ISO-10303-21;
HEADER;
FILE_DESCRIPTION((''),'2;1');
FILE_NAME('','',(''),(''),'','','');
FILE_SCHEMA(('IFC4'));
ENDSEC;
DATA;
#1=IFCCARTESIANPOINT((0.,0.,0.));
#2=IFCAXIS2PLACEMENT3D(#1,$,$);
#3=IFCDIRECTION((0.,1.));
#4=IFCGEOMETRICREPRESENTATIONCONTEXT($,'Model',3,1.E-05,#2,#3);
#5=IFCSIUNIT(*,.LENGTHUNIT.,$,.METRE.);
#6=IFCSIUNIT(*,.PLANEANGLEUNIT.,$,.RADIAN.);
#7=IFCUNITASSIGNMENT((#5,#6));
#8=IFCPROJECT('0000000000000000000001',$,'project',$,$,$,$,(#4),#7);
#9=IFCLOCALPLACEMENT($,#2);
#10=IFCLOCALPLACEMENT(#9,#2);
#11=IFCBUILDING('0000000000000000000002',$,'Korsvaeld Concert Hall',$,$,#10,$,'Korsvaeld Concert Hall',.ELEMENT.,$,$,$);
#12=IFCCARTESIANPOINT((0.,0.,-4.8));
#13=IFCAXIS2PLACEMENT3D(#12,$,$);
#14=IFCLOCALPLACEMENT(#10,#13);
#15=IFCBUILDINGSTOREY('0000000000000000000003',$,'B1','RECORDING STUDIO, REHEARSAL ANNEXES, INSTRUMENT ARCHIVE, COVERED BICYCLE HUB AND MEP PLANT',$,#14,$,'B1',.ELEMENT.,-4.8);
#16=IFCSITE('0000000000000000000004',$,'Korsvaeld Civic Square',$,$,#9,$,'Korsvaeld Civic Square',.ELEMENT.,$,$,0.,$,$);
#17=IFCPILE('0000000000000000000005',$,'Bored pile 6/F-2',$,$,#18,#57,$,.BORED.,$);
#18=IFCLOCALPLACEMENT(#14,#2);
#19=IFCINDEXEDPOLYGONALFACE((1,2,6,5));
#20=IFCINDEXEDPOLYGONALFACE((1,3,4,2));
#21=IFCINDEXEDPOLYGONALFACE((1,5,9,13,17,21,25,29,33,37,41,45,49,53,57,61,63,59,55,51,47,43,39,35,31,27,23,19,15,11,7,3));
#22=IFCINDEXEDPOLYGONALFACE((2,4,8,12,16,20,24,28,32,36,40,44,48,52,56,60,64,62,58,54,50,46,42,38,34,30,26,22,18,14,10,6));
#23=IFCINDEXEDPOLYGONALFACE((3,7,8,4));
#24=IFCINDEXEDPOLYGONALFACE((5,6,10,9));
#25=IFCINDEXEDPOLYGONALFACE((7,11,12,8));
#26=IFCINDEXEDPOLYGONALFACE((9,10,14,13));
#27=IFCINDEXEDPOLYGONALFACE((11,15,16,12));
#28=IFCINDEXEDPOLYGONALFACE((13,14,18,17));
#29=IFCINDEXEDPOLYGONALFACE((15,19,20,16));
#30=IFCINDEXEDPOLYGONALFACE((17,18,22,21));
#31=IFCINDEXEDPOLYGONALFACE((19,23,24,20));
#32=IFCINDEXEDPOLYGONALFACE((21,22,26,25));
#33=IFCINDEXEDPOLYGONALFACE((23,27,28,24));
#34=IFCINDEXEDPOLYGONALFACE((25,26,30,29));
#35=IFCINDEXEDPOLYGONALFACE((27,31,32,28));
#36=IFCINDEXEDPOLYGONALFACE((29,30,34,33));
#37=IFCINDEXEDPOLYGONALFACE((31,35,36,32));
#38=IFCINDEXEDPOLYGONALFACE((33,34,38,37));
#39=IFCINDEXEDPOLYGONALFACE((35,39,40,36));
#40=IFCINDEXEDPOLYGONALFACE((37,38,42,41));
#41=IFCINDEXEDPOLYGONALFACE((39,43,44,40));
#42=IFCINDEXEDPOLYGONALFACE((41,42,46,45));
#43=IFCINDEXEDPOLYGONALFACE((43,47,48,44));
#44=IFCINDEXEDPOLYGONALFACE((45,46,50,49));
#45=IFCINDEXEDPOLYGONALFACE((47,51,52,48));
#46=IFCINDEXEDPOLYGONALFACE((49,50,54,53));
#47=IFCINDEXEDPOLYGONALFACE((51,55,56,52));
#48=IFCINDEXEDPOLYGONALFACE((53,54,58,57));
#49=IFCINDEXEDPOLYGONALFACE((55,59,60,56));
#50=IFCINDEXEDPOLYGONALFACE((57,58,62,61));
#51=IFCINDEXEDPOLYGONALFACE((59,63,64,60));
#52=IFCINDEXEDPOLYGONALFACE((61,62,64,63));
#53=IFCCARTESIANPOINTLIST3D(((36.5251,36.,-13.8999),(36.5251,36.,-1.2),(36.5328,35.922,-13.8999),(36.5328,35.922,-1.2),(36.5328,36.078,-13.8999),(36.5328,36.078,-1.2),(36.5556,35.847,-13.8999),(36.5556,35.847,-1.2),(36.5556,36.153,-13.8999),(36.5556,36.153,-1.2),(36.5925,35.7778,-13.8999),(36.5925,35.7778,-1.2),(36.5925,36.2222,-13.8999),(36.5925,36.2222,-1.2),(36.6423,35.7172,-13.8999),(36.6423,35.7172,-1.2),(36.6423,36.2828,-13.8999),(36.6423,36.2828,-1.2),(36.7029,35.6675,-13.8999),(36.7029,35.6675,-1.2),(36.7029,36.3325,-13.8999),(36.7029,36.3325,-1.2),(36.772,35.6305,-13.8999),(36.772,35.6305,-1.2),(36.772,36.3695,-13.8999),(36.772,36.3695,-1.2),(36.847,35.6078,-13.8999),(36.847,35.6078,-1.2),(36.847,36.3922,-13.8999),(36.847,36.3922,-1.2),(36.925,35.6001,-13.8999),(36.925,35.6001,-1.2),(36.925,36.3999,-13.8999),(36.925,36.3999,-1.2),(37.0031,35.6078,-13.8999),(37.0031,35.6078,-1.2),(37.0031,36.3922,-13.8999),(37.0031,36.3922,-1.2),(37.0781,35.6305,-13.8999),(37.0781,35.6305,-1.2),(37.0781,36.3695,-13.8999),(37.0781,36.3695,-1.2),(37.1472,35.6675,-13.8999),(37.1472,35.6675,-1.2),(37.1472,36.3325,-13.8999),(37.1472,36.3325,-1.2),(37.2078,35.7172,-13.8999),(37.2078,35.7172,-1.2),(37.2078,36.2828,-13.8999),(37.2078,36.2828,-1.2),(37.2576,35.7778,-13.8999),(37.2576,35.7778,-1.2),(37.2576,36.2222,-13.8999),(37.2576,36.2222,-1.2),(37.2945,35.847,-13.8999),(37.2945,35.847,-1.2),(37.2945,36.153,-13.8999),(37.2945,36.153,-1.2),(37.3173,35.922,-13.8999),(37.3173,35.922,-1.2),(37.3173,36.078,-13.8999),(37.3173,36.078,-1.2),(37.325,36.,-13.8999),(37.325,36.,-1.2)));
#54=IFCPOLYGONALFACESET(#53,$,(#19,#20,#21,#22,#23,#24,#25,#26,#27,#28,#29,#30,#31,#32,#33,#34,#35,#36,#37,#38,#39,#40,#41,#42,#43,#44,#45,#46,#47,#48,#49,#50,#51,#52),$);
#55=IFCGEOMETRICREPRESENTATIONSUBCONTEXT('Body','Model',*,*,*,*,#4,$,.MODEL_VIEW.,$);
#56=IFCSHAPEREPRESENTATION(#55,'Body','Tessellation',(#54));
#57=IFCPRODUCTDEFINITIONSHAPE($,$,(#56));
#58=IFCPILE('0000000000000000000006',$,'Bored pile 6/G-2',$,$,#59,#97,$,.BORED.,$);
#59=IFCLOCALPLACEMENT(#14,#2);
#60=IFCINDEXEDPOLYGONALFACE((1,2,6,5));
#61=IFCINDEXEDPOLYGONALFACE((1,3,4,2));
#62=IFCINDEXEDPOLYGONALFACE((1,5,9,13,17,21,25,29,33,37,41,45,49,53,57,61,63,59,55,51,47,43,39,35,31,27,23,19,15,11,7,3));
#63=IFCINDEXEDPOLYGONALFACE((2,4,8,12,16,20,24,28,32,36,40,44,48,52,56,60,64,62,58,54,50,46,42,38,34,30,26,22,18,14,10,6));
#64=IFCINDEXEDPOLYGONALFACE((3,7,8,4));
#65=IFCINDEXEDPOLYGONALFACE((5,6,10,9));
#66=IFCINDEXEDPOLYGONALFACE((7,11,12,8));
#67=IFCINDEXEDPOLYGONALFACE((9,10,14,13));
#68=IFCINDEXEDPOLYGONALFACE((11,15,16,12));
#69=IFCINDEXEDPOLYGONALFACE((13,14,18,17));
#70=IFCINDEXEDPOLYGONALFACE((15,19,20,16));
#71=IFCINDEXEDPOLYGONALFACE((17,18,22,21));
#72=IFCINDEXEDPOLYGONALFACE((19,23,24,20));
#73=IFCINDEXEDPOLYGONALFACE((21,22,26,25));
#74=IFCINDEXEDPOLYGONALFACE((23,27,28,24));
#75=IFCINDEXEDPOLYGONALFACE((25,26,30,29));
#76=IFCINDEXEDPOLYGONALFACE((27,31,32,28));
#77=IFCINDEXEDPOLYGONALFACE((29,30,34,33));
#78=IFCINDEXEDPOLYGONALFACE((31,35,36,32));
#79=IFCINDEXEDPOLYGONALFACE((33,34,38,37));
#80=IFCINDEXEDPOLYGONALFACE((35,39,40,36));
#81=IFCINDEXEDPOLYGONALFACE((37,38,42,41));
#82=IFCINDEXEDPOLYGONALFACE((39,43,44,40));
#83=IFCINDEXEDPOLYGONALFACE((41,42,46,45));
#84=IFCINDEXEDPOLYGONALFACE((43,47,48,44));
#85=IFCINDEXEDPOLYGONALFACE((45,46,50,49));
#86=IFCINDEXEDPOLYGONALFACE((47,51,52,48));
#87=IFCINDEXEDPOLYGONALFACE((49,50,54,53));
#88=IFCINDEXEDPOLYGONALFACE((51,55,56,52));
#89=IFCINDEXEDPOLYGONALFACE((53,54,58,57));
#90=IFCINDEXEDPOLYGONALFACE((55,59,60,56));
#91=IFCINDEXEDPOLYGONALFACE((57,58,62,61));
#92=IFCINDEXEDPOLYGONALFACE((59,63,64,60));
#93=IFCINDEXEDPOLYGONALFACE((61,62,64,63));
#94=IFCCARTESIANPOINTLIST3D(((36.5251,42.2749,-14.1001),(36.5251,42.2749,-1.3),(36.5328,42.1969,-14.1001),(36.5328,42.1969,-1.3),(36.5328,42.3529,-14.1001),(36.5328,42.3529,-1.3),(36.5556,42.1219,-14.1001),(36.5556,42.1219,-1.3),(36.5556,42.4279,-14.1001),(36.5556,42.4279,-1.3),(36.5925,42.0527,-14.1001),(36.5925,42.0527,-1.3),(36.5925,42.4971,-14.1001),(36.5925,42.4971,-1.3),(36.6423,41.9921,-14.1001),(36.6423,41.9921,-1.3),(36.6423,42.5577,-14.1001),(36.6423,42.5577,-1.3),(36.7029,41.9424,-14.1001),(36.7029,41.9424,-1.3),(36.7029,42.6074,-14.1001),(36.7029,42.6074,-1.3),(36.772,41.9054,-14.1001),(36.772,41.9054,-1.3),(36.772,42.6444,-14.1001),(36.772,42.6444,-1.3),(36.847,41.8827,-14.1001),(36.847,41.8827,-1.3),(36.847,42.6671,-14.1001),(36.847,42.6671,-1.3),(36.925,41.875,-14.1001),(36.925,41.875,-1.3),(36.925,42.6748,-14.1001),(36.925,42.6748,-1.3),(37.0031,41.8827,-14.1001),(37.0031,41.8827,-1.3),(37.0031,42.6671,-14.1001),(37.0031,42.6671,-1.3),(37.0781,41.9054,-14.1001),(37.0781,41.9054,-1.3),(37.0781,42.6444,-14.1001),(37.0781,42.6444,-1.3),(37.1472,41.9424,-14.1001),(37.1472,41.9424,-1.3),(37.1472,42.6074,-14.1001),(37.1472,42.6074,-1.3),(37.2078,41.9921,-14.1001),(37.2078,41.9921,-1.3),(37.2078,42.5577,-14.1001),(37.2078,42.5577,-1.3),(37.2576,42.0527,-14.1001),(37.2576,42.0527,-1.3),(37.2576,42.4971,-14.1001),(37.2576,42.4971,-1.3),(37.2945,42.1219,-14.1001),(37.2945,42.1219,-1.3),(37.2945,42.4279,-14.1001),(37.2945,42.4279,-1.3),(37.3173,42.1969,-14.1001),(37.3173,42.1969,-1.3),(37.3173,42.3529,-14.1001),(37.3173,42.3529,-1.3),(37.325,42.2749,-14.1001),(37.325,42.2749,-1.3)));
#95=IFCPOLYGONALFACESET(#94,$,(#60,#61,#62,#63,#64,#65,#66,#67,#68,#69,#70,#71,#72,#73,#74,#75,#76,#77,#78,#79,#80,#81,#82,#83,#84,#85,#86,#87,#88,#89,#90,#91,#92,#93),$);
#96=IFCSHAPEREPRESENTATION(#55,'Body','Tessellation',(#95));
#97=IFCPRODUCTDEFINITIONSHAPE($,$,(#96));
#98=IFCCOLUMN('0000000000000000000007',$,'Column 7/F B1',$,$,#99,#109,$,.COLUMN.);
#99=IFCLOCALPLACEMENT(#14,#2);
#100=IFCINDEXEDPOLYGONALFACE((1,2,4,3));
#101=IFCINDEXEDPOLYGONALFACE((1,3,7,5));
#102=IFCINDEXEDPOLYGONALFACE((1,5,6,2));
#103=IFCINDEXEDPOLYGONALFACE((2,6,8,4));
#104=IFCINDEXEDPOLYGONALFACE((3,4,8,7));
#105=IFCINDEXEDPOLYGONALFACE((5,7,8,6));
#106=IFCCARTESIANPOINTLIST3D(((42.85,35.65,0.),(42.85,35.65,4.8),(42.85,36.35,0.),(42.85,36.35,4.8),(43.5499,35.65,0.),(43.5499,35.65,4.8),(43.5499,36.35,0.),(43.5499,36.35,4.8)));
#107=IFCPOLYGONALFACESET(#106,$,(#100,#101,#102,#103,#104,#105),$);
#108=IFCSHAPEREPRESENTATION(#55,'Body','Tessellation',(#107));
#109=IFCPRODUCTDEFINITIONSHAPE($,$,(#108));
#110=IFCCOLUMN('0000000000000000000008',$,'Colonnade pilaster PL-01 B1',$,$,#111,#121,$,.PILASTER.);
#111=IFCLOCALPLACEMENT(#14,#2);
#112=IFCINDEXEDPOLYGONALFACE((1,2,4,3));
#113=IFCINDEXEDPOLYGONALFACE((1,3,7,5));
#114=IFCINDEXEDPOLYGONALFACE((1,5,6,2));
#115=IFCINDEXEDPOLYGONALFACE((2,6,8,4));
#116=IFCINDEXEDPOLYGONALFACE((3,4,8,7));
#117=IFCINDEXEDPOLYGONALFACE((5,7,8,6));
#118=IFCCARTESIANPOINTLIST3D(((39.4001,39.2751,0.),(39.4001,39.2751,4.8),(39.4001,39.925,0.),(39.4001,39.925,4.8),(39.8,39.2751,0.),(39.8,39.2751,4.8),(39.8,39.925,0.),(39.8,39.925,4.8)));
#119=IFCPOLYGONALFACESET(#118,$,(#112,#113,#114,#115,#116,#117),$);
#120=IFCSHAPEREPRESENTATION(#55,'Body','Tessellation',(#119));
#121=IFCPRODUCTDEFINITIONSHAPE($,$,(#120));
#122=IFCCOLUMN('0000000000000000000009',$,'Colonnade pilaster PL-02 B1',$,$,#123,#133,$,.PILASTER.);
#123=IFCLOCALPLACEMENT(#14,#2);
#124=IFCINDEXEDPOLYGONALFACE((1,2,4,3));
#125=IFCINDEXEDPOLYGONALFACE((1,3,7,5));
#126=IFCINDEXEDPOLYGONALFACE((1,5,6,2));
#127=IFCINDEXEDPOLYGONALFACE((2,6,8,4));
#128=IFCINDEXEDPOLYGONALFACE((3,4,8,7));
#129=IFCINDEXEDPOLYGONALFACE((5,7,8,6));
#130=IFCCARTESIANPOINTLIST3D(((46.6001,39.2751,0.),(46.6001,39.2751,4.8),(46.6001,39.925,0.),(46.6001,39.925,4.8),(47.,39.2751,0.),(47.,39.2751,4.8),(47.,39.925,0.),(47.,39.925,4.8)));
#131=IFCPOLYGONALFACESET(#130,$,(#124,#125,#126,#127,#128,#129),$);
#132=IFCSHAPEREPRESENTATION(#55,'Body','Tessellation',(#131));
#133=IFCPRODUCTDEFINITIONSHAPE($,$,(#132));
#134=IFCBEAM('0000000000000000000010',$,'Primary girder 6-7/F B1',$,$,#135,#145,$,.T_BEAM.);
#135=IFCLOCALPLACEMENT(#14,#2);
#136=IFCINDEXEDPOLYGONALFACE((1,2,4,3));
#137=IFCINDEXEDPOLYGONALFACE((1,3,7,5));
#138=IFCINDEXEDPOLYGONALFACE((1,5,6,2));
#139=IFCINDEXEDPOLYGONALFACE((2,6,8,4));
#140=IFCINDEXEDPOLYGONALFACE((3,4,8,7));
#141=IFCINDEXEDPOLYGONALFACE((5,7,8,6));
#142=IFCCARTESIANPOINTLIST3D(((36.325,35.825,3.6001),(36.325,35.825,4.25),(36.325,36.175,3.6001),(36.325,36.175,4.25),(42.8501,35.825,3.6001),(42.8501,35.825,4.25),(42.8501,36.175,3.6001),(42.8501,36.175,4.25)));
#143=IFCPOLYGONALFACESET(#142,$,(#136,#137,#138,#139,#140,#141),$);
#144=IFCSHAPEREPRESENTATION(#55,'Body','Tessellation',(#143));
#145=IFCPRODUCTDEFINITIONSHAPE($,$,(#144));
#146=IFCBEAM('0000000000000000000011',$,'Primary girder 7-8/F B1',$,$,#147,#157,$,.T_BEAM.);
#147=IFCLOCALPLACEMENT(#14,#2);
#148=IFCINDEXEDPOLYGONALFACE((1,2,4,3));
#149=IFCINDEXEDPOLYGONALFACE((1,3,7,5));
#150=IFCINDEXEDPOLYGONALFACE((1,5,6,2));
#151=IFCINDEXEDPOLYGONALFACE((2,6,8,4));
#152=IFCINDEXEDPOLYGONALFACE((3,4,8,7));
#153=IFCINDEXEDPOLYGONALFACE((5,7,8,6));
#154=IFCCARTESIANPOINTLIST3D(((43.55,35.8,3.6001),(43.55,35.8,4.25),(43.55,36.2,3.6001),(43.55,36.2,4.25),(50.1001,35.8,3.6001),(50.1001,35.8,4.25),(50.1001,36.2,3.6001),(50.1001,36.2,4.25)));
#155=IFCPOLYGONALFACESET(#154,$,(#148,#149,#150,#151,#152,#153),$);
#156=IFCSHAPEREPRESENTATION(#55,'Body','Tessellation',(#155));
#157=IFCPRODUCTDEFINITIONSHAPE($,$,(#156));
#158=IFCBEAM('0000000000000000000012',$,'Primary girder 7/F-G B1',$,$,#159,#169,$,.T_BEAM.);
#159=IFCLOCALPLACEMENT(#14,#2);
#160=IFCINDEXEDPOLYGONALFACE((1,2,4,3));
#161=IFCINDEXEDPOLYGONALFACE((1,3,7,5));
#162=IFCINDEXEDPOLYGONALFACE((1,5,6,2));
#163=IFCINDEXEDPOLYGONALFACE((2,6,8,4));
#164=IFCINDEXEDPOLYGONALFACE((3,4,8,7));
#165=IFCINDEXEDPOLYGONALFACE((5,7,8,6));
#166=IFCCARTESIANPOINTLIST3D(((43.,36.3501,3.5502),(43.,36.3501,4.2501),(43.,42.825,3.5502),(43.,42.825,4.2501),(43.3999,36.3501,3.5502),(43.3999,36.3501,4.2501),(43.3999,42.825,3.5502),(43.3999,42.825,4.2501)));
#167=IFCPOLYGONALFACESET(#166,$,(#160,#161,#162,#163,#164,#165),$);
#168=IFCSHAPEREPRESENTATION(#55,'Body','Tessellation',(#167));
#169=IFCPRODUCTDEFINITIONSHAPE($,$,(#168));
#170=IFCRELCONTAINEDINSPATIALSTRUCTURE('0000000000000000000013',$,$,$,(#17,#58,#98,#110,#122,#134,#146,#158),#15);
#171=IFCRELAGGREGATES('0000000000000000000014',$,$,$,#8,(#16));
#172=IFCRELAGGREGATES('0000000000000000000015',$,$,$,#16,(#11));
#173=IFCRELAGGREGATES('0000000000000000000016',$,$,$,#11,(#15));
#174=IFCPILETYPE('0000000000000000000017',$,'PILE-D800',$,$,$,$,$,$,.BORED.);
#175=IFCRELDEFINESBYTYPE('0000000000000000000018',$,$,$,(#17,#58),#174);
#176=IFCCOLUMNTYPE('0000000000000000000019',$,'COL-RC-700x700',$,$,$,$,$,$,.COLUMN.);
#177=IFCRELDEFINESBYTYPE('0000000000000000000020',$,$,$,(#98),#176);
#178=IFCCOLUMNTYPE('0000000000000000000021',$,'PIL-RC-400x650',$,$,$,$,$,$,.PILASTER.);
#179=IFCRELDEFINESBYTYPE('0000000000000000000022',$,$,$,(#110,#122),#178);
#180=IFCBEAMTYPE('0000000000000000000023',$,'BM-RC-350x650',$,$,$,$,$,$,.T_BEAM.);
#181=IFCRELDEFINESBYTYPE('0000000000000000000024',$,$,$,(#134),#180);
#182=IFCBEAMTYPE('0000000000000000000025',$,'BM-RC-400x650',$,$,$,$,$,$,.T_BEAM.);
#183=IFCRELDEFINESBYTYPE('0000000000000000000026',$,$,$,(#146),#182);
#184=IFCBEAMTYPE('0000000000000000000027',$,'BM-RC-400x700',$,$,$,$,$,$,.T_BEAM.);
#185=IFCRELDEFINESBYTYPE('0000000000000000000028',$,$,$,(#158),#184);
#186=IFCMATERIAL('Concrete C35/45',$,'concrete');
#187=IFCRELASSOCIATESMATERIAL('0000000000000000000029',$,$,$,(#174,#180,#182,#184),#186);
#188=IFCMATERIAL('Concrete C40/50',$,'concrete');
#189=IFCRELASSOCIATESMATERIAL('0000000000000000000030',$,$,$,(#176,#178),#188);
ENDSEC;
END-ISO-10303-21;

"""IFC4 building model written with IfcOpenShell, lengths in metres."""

from ifc_helpers import new_model, si_unit, direction, frame, origin, origin_2d, place, context, subcontext, project, spatial, rectangle, circle, extrude, material, material_profile, profile_set, type_object, element, save


model = new_model("IFC4")

# Units and contexts
model_context = context("Model", 3, precision=1e-05, world=origin(), true_north=direction((0.0, 1.0)))
body_context = subcontext(model_context, "Body", "Model", "MODEL_VIEW")
ifc_project = project(units=[si_unit("LENGTHUNIT", "METRE"), si_unit("PLANEANGLEUNIT", "RADIAN")], contexts=[model_context])

# Site, building, storey
site_placement = place(None, origin())
site = spatial("IfcSite", under=ifc_project, at=site_placement, Name="Korsvaeld Civic Square", LongName="Korsvaeld Civic Square", CompositionType="ELEMENT", RefElevation=0.0)
building_placement = place(site_placement, origin())
building = spatial("IfcBuilding", under=site, at=building_placement, Name="Korsvaeld Concert Hall", LongName="Korsvaeld Concert Hall", CompositionType="ELEMENT")
storey_placement = place(building_placement, frame((0.0, 0.0, -4.8)))
storey = spatial("IfcBuildingStorey", under=building, at=storey_placement, Name="B1", Description="RECORDING STUDIO, REHEARSAL ANNEXES, INSTRUMENT ARCHIVE, COVERED BICYCLE HUB AND MEP PLANT", LongName="B1", CompositionType="ELEMENT", Elevation=-4.8)

# Shared definitions
ifc_material_1 = material(Name="Concrete C35/45", Category="concrete")

# Piles
ifc_material_profile_1 = material_profile(ifc_material_1, circle(Radius=0.3999, at=origin_2d()), Name="BORED PILE D800")
ifc_profile_set_1 = profile_set([ifc_material_profile_1], Name="Concrete C35/45")
pile_type_1 = type_object("IfcPileType", Name="PILE-D800", PredefinedType="BORED", material=ifc_profile_set_1)
pile_1_placement = place(storey_placement, frame((36.925, 36.0, -1.2), z_axis=(0.0, 0.0, -1.0), x_axis=(1.0, 0.0, 0.0)))
element("IfcPile", 1, at=pile_1_placement, inside=storey, type_object=pile_type_1, Name="Bored pile 6/F-2", PredefinedType="BORED", context=body_context, shape_type="SweptSolid", body=[
    extrude(circle(Radius=0.3999, at=origin_2d()), origin(), (0.0, 0.0, 1.0), 12.7),
])
pile_2_placement = place(storey_placement, frame((36.925, 42.2749, -1.3), z_axis=(0.0, 0.0, -1.0), x_axis=(1.0, 0.0, 0.0)))
element("IfcPile", 2, at=pile_2_placement, inside=storey, type_object=pile_type_1, Name="Bored pile 6/G-2", PredefinedType="BORED", context=body_context, shape_type="SweptSolid", body=[
    extrude(circle(Radius=0.3999, at=origin_2d()), origin(), (0.0, 0.0, 1.0), 12.8),
])

# Columns
ifc_material_2 = material(Name="Concrete C40/50", Category="concrete")
ifc_material_profile_2 = material_profile(ifc_material_2, rectangle(XDim=0.7, YDim=0.7, at=origin_2d()), Name="RC 700x700")
ifc_profile_set_2 = profile_set([ifc_material_profile_2], Name="Concrete C40/50")
column_type_1 = type_object("IfcColumnType", Name="COL-RC-700x700", PredefinedType="COLUMN", material=ifc_profile_set_2)
column_placement = place(storey_placement, frame((43.2, 36.0, 0.0), z_axis=(0.0, 0.0, 1.0), x_axis=(1.0, 0.0, 0.0)))
element("IfcColumn", 3, at=column_placement, inside=storey, type_object=column_type_1, Name="Column 7/F B1", PredefinedType="COLUMN", context=body_context, shape_type="SweptSolid", body=[
    extrude(rectangle(XDim=0.7, YDim=0.7, at=origin_2d()), origin(), (0.0, 0.0, 1.0), 4.8),
])
ifc_material_profile_3 = material_profile(ifc_material_2, rectangle(XDim=0.3999, YDim=0.6499, at=origin_2d()), Name="RC 400x650")
ifc_profile_set_3 = profile_set([ifc_material_profile_3], Name="Concrete C40/50")
column_type_2 = type_object("IfcColumnType", Name="PIL-RC-400x650", PredefinedType="PILASTER", material=ifc_profile_set_3)
for number, where, z_axis, x_axis, name in (
    (4, (39.6001, 39.6001, 0.0), (0.0, 0.0, 1.0), (1.0, 0.0, 0.0), "Colonnade pilaster PL-01 B1"),
    (5, (46.8, 39.6001, 0.0), (0.0, 0.0, 1.0), (1.0, 0.0, 0.0), "Colonnade pilaster PL-02 B1"),
):
    element("IfcColumn", number, at=place(storey_placement, frame(where, z_axis=z_axis, x_axis=x_axis)), inside=storey, type_object=column_type_2, Name=name, PredefinedType="PILASTER", context=body_context, shape_type="SweptSolid", body=[
        extrude(rectangle(XDim=0.3999, YDim=0.6499, at=origin_2d()), origin(), (0.0, 0.0, 1.0), 4.8),
    ])

# Beams
ifc_material_profile_4 = material_profile(ifc_material_1, rectangle(XDim=0.3501, YDim=0.6499, at=origin_2d()), Name="RC 350x650")
ifc_profile_set_4 = profile_set([ifc_material_profile_4], Name="Concrete C35/45")
beam_type_1 = type_object("IfcBeamType", Name="BM-RC-350x650", PredefinedType="T_BEAM", material=ifc_profile_set_4)
beam_1_placement = place(storey_placement, frame((36.325, 36.0, 3.925), z_axis=(1.0, 0.0, 0.0), x_axis=(0.0, 1.0, 0.0)))
element("IfcBeam", 6, at=beam_1_placement, inside=storey, type_object=beam_type_1, Name="Primary girder 6-7/F B1", PredefinedType="T_BEAM", context=body_context, shape_type="SweptSolid", body=[
    extrude(rectangle(XDim=0.3501, YDim=0.6499, at=origin_2d()), origin(), (0.0, 0.0, 1.0), 6.5251),
])
ifc_material_profile_5 = material_profile(ifc_material_1, rectangle(XDim=0.3999, YDim=0.6499, at=origin_2d()), Name="RC 400x650")
ifc_profile_set_5 = profile_set([ifc_material_profile_5], Name="Concrete C35/45")
beam_type_2 = type_object("IfcBeamType", Name="BM-RC-400x650", PredefinedType="T_BEAM", material=ifc_profile_set_5)
beam_2_placement = place(storey_placement, frame((43.55, 36.0, 3.925), z_axis=(1.0, 0.0, 0.0), x_axis=(0.0, 1.0, 0.0)))
element("IfcBeam", 7, at=beam_2_placement, inside=storey, type_object=beam_type_2, Name="Primary girder 7-8/F B1", PredefinedType="T_BEAM", context=body_context, shape_type="SweptSolid", body=[
    extrude(rectangle(XDim=0.3999, YDim=0.6499, at=origin_2d()), origin(), (0.0, 0.0, 1.0), 6.55),
])
ifc_material_profile_6 = material_profile(ifc_material_1, rectangle(XDim=0.3999, YDim=0.7, at=origin_2d()), Name="RC 400x700")
ifc_profile_set_6 = profile_set([ifc_material_profile_6], Name="Concrete C35/45")
beam_type_3 = type_object("IfcBeamType", Name="BM-RC-400x700", PredefinedType="T_BEAM", material=ifc_profile_set_6)
beam_3_placement = place(storey_placement, frame((43.2, 36.3501, 3.9001), z_axis=(0.0, 1.0, 0.0), x_axis=(-1.0, 0.0, 0.0)))
element("IfcBeam", 8, at=beam_3_placement, inside=storey, type_object=beam_type_3, Name="Primary girder 7/F-G B1", PredefinedType="T_BEAM", context=body_context, shape_type="SweptSolid", body=[
    extrude(rectangle(XDim=0.3999, YDim=0.7, at=origin_2d()), origin(), (0.0, 0.0, 1.0), 6.4749),
])

save(model, "model.ifc")
